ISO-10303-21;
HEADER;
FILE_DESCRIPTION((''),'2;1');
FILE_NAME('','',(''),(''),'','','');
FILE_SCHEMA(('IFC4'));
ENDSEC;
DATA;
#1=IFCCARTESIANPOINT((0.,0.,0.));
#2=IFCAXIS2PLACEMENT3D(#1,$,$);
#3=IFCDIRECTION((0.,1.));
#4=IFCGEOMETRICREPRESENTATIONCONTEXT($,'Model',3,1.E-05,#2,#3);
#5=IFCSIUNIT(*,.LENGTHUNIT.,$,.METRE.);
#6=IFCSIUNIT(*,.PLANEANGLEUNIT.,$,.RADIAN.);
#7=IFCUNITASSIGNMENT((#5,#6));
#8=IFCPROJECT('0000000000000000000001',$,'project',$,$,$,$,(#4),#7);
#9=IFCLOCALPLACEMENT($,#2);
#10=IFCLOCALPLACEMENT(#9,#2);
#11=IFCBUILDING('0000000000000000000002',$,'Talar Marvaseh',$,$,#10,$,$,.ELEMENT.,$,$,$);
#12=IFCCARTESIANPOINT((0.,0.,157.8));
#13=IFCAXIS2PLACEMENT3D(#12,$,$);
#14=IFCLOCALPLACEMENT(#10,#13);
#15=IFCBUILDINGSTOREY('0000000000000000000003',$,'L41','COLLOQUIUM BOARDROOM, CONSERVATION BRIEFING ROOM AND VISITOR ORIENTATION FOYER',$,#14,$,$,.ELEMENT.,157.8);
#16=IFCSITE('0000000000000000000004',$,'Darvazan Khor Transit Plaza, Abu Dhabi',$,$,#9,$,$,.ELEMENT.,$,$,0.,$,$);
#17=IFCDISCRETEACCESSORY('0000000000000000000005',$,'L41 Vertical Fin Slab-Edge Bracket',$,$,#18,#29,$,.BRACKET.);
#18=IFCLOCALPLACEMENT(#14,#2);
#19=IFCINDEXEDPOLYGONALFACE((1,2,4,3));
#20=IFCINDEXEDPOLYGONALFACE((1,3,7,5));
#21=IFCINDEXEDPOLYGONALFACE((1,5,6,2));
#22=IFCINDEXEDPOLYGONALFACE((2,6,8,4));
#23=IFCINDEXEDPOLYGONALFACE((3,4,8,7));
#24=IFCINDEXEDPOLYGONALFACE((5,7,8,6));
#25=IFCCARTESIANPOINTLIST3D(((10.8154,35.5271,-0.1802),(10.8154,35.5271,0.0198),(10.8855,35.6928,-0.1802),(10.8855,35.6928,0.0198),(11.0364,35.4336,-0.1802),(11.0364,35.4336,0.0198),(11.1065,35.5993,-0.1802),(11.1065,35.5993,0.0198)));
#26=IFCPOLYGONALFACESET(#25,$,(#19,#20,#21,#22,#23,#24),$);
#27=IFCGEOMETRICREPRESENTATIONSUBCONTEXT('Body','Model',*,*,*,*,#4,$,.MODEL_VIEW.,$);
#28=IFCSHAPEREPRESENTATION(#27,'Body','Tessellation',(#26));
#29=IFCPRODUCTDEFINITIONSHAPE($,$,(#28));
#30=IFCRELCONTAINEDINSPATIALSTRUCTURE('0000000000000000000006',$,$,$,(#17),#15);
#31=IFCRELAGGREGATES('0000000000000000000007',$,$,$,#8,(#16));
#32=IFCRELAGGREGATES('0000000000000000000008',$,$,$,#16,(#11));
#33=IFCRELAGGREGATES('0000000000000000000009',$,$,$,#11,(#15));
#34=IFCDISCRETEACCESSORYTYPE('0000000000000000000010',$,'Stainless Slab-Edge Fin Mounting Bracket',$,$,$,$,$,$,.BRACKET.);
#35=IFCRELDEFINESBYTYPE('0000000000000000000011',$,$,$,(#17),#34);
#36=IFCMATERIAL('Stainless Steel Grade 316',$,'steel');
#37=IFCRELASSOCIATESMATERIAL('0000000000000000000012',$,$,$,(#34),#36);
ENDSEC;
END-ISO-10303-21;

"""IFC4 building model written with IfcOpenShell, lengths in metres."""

from ifc_helpers import new_model, si_unit, direction, frame, origin, origin_2d, place, context, subcontext, project, spatial, rectangle, extrude, source, transform, mapped, material, type_object, type_shapes, element, save


model = new_model("IFC4")

# Units and contexts
model_context = context("Model", 3, precision=1e-05, world=origin(), true_north=direction((0.0, 1.0)))
body_context = subcontext(model_context, "Body", "Model", "MODEL_VIEW")
ifc_project = project(units=[si_unit("LENGTHUNIT", "METRE"), si_unit("PLANEANGLEUNIT", "RADIAN")], contexts=[model_context])

# Site, building, storey
site_placement = place(None, origin())
site = spatial("IfcSite", under=ifc_project, at=site_placement, Name="Darvazan Khor Transit Plaza, Abu Dhabi", CompositionType="ELEMENT", RefElevation=0.0)
building_placement = place(site_placement, origin())
building = spatial("IfcBuilding", under=site, at=building_placement, Name="Talar Marvaseh", CompositionType="ELEMENT")
storey_placement = place(building_placement, frame((0.0, 0.0, 157.8)))
storey = spatial("IfcBuildingStorey", under=building, at=storey_placement, Name="L41", Description="COLLOQUIUM BOARDROOM, CONSERVATION BRIEFING ROOM AND VISITOR ORIENTATION FOYER", CompositionType="ELEMENT", Elevation=157.8)

# Shared definitions
ifc_material_1 = material(Name="Stainless Steel Grade 316", Category="steel")

# Discrete accessory
discrete_accessory_type = type_object("IfcDiscreteAccessoryType", Name="Stainless Slab-Edge Fin Mounting Bracket", PredefinedType="BRACKET", material=ifc_material_1)
shared_shape_1 = source(origin(), body_context, "Body", "SweptSolid", [
    extrude(rectangle(XDim=0.24, YDim=0.1799, at=origin_2d()), origin(), (0.0, 0.0, 1.0), 0.2),
])
type_shapes(discrete_accessory_type, [shared_shape_1])
discrete_accessory_placement = place(storey_placement, frame((10.9609, 35.5632, -0.1802), z_axis=(0.0, 0.0, 1.0), x_axis=(-0.920982, 0.389606, 0.0)))
element("IfcDiscreteAccessory", 1, at=discrete_accessory_placement, inside=storey, type_object=discrete_accessory_type, Name="L41 Vertical Fin Slab-Edge Bracket", PredefinedType="BRACKET", context=body_context, shape_type="MappedRepresentation", body=[
    mapped(shared_shape_1, transform((0.0, 0.0, 0.0), x_axis=(1.0, 0.0, 0.0), y_axis=(0.0, 1.0, 0.0), z_axis=(0.0, 0.0, 1.0), scale=1.0)),
])

save(model, "model.ifc")
